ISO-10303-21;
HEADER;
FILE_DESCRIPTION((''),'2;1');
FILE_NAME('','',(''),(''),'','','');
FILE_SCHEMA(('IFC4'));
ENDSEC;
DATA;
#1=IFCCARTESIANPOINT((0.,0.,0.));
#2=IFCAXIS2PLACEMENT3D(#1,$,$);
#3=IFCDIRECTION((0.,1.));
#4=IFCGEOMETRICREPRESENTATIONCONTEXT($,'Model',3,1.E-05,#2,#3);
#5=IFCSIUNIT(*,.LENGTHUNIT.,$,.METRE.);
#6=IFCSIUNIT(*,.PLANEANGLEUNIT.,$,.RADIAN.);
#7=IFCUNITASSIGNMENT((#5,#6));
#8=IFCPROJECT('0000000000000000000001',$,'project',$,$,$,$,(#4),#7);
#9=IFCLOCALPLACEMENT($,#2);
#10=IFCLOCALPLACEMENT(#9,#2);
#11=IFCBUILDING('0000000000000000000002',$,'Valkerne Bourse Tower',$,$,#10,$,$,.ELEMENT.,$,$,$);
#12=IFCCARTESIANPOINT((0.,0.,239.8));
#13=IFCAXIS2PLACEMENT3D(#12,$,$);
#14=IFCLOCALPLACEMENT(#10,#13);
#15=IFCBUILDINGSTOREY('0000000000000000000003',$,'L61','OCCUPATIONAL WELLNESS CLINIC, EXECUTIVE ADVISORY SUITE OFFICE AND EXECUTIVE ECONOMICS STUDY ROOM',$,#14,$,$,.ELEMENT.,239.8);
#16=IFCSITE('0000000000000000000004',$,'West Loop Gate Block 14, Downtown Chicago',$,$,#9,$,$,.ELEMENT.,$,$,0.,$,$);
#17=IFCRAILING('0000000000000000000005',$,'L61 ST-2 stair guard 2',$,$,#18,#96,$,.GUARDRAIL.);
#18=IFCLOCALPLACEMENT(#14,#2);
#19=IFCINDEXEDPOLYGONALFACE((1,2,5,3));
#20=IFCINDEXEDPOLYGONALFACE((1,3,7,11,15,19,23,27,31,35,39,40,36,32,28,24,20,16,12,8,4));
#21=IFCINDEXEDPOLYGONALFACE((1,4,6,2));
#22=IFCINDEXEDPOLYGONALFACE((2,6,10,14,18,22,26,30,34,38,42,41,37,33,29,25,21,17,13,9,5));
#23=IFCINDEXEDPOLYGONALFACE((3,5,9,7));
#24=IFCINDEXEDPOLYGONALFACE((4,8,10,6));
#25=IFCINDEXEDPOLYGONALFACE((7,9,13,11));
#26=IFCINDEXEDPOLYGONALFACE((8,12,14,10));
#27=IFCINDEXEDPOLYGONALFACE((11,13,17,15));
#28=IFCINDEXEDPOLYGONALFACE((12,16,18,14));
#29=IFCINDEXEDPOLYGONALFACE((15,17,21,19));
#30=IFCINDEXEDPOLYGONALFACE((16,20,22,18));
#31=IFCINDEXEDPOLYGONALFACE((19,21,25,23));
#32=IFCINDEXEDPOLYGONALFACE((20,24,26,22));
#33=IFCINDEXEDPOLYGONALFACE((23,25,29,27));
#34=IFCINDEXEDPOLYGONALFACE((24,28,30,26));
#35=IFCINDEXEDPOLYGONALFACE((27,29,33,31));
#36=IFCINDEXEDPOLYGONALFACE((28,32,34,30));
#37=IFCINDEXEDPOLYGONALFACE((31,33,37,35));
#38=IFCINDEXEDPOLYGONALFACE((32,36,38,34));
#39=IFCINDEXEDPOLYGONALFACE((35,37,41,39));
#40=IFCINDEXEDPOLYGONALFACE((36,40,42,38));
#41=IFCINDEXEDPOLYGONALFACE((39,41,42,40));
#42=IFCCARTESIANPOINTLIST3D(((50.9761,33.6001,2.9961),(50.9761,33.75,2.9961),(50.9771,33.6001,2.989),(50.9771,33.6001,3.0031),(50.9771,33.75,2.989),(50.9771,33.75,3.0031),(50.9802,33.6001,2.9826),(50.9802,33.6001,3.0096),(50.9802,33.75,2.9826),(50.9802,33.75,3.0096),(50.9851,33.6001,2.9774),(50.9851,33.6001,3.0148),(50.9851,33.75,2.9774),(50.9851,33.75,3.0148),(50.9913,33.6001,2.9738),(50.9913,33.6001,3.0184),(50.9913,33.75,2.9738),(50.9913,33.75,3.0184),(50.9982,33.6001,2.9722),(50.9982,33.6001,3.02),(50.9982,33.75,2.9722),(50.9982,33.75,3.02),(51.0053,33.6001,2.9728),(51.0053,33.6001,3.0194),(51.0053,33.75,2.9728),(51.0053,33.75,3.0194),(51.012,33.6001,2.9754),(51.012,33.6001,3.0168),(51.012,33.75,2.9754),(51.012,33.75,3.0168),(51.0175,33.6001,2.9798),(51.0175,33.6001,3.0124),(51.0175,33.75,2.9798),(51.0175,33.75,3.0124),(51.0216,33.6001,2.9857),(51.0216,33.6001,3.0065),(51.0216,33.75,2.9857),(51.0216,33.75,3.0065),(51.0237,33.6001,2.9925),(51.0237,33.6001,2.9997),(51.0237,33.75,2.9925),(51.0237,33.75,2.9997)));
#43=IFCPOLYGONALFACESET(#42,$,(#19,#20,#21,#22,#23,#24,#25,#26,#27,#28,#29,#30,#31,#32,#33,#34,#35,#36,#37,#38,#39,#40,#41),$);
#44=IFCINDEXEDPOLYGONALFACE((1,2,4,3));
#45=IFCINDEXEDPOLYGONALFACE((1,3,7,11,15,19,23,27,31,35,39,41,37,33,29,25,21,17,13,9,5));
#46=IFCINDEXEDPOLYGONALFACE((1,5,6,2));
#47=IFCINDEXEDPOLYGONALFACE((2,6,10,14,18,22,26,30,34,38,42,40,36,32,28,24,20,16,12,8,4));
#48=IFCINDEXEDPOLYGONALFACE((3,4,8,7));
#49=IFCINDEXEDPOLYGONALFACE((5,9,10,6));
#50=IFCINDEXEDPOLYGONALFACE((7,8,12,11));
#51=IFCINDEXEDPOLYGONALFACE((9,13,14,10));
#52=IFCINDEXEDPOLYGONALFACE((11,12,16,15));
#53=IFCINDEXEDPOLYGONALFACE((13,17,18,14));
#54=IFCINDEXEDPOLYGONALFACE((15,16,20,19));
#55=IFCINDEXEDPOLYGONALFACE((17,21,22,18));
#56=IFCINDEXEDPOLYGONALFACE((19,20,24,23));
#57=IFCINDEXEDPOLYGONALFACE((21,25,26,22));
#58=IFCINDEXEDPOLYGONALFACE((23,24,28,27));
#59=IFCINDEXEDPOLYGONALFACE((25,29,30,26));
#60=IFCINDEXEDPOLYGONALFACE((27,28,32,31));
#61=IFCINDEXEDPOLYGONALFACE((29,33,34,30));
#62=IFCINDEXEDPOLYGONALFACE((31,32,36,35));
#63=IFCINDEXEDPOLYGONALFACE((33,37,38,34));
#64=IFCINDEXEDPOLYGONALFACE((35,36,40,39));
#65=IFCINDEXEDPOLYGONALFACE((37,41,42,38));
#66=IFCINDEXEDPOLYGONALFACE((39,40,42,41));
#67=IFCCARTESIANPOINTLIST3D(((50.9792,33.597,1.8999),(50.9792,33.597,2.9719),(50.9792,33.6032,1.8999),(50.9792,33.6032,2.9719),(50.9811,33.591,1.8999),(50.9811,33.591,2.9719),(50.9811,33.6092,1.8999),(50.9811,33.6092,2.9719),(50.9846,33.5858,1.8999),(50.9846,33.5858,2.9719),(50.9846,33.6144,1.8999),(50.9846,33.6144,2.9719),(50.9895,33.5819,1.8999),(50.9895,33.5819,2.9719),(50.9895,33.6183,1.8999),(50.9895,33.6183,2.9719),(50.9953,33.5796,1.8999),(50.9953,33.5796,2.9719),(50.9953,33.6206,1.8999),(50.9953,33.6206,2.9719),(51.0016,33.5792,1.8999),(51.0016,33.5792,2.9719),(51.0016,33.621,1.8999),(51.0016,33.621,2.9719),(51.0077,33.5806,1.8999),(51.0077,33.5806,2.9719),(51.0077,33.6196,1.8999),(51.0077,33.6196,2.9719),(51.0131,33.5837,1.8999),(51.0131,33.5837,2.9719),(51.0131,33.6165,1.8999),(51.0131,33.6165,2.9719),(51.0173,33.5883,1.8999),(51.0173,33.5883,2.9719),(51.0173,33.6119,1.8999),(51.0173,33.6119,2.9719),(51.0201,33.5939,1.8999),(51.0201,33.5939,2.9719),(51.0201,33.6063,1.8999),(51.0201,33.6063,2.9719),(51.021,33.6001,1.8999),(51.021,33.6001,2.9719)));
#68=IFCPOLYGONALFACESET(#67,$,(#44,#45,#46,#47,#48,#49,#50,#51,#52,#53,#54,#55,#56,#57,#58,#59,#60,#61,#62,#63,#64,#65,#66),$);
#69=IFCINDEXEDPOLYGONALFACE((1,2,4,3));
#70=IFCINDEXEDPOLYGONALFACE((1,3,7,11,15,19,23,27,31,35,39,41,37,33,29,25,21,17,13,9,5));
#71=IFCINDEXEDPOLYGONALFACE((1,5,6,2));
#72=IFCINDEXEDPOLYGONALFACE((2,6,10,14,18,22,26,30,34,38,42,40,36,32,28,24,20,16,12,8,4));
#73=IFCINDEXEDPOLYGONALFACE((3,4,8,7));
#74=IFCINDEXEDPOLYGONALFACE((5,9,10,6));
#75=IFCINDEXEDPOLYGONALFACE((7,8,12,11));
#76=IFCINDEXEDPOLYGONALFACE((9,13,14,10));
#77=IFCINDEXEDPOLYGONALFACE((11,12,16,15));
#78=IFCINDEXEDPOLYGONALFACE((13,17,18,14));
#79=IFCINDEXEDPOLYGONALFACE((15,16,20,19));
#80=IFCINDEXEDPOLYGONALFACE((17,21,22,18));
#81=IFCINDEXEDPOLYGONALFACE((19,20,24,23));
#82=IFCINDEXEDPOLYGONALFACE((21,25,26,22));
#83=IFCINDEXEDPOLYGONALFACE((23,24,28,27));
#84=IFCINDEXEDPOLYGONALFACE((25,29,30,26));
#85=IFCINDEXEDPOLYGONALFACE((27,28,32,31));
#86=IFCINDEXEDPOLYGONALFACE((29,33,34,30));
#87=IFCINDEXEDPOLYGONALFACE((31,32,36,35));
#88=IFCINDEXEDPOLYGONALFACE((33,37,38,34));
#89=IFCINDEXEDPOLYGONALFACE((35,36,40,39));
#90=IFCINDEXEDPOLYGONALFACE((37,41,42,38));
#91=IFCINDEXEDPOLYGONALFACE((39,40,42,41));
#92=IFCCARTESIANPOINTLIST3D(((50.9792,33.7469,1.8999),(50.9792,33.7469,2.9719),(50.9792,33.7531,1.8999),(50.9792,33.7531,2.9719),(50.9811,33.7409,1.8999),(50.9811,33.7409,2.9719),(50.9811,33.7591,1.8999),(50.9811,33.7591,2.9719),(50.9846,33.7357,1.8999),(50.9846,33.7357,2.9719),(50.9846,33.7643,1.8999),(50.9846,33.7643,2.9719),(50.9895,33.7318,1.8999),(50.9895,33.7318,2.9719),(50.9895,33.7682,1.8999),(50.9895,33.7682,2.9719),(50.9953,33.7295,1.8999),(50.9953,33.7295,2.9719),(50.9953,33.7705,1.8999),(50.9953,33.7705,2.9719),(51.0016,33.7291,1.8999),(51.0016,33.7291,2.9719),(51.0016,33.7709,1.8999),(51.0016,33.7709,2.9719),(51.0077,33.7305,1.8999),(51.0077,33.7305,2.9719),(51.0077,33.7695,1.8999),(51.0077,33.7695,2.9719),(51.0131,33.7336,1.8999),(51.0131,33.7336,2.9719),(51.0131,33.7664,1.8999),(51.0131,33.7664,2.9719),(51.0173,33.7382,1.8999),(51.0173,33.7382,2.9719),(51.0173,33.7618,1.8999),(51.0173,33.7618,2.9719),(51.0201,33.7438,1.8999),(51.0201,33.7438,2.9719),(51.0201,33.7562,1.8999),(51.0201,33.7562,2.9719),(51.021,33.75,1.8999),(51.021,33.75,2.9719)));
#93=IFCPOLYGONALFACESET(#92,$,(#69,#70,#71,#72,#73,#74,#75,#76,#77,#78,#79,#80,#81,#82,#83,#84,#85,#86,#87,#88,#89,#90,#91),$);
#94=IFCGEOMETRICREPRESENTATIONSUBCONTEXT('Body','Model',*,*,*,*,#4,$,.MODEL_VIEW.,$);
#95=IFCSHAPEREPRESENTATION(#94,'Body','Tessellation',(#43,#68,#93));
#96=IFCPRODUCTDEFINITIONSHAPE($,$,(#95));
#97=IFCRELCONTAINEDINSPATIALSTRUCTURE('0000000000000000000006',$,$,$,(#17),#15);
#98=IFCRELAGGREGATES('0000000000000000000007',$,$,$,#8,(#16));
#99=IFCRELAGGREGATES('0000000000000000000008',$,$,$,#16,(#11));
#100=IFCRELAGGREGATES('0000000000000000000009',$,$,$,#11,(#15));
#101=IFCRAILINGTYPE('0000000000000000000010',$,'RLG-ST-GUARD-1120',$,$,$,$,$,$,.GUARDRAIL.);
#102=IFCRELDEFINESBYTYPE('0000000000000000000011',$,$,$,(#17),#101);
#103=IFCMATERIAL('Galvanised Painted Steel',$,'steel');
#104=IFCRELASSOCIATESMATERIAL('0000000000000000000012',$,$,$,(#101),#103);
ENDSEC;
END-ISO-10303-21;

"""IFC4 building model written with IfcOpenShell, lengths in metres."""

from ifc_helpers import new_model, si_unit, direction, frame, origin, origin_2d, place, context, subcontext, project, spatial, circle, extrude, material, type_object, element, save


model = new_model("IFC4")

# Units and contexts
model_context = context("Model", 3, precision=1e-05, world=origin(), true_north=direction((0.0, 1.0)))
body_context = subcontext(model_context, "Body", "Model", "MODEL_VIEW")
ifc_project = project(units=[si_unit("LENGTHUNIT", "METRE"), si_unit("PLANEANGLEUNIT", "RADIAN")], contexts=[model_context])

# Site, building, storey
site_placement = place(None, origin())
site = spatial("IfcSite", under=ifc_project, at=site_placement, Name="West Loop Gate Block 14, Downtown Chicago", CompositionType="ELEMENT", RefElevation=0.0)
building_placement = place(site_placement, origin())
building = spatial("IfcBuilding", under=site, at=building_placement, Name="Valkerne Bourse Tower", CompositionType="ELEMENT")
storey_placement = place(building_placement, frame((0.0, 0.0, 239.8)))
storey = spatial("IfcBuildingStorey", under=building, at=storey_placement, Name="L61", Description="OCCUPATIONAL WELLNESS CLINIC, EXECUTIVE ADVISORY SUITE OFFICE AND EXECUTIVE ECONOMICS STUDY ROOM", CompositionType="ELEMENT", Elevation=239.8)

# Shared definitions
ifc_material_1 = material(Name="Galvanised Painted Steel", Category="steel")

# Railing
railing_type_1 = type_object("IfcRailingType", Name="RLG-ST-GUARD-1120", PredefinedType="GUARDRAIL", material=ifc_material_1)
railing_1_placement = place(storey_placement, frame((51.0, 33.6001, 1.8999)))
element("IfcRailing", 1, at=railing_1_placement, inside=storey, type_object=railing_type_1, Name="L61 ST-2 stair guard 2", PredefinedType="GUARDRAIL", context=body_context, shape_type="SweptSolid", body=[
    extrude(circle(Radius=0.0239, at=origin_2d()), frame((0.0, 0.0, 1.0962), z_axis=(0.0, 1.0, 0.0), x_axis=(-1.0, 0.0, 0.0)), (0.0, 0.0, 1.0), 0.1499),
    extrude(circle(Radius=0.021, at=origin_2d()), origin(), (0.0, 0.0, 1.0), 1.072),
    extrude(circle(Radius=0.021, at=origin_2d()), frame((0.0, 0.1499, 0.0)), (0.0, 0.0, 1.0), 1.072),
])

save(model, "model.ifc")
